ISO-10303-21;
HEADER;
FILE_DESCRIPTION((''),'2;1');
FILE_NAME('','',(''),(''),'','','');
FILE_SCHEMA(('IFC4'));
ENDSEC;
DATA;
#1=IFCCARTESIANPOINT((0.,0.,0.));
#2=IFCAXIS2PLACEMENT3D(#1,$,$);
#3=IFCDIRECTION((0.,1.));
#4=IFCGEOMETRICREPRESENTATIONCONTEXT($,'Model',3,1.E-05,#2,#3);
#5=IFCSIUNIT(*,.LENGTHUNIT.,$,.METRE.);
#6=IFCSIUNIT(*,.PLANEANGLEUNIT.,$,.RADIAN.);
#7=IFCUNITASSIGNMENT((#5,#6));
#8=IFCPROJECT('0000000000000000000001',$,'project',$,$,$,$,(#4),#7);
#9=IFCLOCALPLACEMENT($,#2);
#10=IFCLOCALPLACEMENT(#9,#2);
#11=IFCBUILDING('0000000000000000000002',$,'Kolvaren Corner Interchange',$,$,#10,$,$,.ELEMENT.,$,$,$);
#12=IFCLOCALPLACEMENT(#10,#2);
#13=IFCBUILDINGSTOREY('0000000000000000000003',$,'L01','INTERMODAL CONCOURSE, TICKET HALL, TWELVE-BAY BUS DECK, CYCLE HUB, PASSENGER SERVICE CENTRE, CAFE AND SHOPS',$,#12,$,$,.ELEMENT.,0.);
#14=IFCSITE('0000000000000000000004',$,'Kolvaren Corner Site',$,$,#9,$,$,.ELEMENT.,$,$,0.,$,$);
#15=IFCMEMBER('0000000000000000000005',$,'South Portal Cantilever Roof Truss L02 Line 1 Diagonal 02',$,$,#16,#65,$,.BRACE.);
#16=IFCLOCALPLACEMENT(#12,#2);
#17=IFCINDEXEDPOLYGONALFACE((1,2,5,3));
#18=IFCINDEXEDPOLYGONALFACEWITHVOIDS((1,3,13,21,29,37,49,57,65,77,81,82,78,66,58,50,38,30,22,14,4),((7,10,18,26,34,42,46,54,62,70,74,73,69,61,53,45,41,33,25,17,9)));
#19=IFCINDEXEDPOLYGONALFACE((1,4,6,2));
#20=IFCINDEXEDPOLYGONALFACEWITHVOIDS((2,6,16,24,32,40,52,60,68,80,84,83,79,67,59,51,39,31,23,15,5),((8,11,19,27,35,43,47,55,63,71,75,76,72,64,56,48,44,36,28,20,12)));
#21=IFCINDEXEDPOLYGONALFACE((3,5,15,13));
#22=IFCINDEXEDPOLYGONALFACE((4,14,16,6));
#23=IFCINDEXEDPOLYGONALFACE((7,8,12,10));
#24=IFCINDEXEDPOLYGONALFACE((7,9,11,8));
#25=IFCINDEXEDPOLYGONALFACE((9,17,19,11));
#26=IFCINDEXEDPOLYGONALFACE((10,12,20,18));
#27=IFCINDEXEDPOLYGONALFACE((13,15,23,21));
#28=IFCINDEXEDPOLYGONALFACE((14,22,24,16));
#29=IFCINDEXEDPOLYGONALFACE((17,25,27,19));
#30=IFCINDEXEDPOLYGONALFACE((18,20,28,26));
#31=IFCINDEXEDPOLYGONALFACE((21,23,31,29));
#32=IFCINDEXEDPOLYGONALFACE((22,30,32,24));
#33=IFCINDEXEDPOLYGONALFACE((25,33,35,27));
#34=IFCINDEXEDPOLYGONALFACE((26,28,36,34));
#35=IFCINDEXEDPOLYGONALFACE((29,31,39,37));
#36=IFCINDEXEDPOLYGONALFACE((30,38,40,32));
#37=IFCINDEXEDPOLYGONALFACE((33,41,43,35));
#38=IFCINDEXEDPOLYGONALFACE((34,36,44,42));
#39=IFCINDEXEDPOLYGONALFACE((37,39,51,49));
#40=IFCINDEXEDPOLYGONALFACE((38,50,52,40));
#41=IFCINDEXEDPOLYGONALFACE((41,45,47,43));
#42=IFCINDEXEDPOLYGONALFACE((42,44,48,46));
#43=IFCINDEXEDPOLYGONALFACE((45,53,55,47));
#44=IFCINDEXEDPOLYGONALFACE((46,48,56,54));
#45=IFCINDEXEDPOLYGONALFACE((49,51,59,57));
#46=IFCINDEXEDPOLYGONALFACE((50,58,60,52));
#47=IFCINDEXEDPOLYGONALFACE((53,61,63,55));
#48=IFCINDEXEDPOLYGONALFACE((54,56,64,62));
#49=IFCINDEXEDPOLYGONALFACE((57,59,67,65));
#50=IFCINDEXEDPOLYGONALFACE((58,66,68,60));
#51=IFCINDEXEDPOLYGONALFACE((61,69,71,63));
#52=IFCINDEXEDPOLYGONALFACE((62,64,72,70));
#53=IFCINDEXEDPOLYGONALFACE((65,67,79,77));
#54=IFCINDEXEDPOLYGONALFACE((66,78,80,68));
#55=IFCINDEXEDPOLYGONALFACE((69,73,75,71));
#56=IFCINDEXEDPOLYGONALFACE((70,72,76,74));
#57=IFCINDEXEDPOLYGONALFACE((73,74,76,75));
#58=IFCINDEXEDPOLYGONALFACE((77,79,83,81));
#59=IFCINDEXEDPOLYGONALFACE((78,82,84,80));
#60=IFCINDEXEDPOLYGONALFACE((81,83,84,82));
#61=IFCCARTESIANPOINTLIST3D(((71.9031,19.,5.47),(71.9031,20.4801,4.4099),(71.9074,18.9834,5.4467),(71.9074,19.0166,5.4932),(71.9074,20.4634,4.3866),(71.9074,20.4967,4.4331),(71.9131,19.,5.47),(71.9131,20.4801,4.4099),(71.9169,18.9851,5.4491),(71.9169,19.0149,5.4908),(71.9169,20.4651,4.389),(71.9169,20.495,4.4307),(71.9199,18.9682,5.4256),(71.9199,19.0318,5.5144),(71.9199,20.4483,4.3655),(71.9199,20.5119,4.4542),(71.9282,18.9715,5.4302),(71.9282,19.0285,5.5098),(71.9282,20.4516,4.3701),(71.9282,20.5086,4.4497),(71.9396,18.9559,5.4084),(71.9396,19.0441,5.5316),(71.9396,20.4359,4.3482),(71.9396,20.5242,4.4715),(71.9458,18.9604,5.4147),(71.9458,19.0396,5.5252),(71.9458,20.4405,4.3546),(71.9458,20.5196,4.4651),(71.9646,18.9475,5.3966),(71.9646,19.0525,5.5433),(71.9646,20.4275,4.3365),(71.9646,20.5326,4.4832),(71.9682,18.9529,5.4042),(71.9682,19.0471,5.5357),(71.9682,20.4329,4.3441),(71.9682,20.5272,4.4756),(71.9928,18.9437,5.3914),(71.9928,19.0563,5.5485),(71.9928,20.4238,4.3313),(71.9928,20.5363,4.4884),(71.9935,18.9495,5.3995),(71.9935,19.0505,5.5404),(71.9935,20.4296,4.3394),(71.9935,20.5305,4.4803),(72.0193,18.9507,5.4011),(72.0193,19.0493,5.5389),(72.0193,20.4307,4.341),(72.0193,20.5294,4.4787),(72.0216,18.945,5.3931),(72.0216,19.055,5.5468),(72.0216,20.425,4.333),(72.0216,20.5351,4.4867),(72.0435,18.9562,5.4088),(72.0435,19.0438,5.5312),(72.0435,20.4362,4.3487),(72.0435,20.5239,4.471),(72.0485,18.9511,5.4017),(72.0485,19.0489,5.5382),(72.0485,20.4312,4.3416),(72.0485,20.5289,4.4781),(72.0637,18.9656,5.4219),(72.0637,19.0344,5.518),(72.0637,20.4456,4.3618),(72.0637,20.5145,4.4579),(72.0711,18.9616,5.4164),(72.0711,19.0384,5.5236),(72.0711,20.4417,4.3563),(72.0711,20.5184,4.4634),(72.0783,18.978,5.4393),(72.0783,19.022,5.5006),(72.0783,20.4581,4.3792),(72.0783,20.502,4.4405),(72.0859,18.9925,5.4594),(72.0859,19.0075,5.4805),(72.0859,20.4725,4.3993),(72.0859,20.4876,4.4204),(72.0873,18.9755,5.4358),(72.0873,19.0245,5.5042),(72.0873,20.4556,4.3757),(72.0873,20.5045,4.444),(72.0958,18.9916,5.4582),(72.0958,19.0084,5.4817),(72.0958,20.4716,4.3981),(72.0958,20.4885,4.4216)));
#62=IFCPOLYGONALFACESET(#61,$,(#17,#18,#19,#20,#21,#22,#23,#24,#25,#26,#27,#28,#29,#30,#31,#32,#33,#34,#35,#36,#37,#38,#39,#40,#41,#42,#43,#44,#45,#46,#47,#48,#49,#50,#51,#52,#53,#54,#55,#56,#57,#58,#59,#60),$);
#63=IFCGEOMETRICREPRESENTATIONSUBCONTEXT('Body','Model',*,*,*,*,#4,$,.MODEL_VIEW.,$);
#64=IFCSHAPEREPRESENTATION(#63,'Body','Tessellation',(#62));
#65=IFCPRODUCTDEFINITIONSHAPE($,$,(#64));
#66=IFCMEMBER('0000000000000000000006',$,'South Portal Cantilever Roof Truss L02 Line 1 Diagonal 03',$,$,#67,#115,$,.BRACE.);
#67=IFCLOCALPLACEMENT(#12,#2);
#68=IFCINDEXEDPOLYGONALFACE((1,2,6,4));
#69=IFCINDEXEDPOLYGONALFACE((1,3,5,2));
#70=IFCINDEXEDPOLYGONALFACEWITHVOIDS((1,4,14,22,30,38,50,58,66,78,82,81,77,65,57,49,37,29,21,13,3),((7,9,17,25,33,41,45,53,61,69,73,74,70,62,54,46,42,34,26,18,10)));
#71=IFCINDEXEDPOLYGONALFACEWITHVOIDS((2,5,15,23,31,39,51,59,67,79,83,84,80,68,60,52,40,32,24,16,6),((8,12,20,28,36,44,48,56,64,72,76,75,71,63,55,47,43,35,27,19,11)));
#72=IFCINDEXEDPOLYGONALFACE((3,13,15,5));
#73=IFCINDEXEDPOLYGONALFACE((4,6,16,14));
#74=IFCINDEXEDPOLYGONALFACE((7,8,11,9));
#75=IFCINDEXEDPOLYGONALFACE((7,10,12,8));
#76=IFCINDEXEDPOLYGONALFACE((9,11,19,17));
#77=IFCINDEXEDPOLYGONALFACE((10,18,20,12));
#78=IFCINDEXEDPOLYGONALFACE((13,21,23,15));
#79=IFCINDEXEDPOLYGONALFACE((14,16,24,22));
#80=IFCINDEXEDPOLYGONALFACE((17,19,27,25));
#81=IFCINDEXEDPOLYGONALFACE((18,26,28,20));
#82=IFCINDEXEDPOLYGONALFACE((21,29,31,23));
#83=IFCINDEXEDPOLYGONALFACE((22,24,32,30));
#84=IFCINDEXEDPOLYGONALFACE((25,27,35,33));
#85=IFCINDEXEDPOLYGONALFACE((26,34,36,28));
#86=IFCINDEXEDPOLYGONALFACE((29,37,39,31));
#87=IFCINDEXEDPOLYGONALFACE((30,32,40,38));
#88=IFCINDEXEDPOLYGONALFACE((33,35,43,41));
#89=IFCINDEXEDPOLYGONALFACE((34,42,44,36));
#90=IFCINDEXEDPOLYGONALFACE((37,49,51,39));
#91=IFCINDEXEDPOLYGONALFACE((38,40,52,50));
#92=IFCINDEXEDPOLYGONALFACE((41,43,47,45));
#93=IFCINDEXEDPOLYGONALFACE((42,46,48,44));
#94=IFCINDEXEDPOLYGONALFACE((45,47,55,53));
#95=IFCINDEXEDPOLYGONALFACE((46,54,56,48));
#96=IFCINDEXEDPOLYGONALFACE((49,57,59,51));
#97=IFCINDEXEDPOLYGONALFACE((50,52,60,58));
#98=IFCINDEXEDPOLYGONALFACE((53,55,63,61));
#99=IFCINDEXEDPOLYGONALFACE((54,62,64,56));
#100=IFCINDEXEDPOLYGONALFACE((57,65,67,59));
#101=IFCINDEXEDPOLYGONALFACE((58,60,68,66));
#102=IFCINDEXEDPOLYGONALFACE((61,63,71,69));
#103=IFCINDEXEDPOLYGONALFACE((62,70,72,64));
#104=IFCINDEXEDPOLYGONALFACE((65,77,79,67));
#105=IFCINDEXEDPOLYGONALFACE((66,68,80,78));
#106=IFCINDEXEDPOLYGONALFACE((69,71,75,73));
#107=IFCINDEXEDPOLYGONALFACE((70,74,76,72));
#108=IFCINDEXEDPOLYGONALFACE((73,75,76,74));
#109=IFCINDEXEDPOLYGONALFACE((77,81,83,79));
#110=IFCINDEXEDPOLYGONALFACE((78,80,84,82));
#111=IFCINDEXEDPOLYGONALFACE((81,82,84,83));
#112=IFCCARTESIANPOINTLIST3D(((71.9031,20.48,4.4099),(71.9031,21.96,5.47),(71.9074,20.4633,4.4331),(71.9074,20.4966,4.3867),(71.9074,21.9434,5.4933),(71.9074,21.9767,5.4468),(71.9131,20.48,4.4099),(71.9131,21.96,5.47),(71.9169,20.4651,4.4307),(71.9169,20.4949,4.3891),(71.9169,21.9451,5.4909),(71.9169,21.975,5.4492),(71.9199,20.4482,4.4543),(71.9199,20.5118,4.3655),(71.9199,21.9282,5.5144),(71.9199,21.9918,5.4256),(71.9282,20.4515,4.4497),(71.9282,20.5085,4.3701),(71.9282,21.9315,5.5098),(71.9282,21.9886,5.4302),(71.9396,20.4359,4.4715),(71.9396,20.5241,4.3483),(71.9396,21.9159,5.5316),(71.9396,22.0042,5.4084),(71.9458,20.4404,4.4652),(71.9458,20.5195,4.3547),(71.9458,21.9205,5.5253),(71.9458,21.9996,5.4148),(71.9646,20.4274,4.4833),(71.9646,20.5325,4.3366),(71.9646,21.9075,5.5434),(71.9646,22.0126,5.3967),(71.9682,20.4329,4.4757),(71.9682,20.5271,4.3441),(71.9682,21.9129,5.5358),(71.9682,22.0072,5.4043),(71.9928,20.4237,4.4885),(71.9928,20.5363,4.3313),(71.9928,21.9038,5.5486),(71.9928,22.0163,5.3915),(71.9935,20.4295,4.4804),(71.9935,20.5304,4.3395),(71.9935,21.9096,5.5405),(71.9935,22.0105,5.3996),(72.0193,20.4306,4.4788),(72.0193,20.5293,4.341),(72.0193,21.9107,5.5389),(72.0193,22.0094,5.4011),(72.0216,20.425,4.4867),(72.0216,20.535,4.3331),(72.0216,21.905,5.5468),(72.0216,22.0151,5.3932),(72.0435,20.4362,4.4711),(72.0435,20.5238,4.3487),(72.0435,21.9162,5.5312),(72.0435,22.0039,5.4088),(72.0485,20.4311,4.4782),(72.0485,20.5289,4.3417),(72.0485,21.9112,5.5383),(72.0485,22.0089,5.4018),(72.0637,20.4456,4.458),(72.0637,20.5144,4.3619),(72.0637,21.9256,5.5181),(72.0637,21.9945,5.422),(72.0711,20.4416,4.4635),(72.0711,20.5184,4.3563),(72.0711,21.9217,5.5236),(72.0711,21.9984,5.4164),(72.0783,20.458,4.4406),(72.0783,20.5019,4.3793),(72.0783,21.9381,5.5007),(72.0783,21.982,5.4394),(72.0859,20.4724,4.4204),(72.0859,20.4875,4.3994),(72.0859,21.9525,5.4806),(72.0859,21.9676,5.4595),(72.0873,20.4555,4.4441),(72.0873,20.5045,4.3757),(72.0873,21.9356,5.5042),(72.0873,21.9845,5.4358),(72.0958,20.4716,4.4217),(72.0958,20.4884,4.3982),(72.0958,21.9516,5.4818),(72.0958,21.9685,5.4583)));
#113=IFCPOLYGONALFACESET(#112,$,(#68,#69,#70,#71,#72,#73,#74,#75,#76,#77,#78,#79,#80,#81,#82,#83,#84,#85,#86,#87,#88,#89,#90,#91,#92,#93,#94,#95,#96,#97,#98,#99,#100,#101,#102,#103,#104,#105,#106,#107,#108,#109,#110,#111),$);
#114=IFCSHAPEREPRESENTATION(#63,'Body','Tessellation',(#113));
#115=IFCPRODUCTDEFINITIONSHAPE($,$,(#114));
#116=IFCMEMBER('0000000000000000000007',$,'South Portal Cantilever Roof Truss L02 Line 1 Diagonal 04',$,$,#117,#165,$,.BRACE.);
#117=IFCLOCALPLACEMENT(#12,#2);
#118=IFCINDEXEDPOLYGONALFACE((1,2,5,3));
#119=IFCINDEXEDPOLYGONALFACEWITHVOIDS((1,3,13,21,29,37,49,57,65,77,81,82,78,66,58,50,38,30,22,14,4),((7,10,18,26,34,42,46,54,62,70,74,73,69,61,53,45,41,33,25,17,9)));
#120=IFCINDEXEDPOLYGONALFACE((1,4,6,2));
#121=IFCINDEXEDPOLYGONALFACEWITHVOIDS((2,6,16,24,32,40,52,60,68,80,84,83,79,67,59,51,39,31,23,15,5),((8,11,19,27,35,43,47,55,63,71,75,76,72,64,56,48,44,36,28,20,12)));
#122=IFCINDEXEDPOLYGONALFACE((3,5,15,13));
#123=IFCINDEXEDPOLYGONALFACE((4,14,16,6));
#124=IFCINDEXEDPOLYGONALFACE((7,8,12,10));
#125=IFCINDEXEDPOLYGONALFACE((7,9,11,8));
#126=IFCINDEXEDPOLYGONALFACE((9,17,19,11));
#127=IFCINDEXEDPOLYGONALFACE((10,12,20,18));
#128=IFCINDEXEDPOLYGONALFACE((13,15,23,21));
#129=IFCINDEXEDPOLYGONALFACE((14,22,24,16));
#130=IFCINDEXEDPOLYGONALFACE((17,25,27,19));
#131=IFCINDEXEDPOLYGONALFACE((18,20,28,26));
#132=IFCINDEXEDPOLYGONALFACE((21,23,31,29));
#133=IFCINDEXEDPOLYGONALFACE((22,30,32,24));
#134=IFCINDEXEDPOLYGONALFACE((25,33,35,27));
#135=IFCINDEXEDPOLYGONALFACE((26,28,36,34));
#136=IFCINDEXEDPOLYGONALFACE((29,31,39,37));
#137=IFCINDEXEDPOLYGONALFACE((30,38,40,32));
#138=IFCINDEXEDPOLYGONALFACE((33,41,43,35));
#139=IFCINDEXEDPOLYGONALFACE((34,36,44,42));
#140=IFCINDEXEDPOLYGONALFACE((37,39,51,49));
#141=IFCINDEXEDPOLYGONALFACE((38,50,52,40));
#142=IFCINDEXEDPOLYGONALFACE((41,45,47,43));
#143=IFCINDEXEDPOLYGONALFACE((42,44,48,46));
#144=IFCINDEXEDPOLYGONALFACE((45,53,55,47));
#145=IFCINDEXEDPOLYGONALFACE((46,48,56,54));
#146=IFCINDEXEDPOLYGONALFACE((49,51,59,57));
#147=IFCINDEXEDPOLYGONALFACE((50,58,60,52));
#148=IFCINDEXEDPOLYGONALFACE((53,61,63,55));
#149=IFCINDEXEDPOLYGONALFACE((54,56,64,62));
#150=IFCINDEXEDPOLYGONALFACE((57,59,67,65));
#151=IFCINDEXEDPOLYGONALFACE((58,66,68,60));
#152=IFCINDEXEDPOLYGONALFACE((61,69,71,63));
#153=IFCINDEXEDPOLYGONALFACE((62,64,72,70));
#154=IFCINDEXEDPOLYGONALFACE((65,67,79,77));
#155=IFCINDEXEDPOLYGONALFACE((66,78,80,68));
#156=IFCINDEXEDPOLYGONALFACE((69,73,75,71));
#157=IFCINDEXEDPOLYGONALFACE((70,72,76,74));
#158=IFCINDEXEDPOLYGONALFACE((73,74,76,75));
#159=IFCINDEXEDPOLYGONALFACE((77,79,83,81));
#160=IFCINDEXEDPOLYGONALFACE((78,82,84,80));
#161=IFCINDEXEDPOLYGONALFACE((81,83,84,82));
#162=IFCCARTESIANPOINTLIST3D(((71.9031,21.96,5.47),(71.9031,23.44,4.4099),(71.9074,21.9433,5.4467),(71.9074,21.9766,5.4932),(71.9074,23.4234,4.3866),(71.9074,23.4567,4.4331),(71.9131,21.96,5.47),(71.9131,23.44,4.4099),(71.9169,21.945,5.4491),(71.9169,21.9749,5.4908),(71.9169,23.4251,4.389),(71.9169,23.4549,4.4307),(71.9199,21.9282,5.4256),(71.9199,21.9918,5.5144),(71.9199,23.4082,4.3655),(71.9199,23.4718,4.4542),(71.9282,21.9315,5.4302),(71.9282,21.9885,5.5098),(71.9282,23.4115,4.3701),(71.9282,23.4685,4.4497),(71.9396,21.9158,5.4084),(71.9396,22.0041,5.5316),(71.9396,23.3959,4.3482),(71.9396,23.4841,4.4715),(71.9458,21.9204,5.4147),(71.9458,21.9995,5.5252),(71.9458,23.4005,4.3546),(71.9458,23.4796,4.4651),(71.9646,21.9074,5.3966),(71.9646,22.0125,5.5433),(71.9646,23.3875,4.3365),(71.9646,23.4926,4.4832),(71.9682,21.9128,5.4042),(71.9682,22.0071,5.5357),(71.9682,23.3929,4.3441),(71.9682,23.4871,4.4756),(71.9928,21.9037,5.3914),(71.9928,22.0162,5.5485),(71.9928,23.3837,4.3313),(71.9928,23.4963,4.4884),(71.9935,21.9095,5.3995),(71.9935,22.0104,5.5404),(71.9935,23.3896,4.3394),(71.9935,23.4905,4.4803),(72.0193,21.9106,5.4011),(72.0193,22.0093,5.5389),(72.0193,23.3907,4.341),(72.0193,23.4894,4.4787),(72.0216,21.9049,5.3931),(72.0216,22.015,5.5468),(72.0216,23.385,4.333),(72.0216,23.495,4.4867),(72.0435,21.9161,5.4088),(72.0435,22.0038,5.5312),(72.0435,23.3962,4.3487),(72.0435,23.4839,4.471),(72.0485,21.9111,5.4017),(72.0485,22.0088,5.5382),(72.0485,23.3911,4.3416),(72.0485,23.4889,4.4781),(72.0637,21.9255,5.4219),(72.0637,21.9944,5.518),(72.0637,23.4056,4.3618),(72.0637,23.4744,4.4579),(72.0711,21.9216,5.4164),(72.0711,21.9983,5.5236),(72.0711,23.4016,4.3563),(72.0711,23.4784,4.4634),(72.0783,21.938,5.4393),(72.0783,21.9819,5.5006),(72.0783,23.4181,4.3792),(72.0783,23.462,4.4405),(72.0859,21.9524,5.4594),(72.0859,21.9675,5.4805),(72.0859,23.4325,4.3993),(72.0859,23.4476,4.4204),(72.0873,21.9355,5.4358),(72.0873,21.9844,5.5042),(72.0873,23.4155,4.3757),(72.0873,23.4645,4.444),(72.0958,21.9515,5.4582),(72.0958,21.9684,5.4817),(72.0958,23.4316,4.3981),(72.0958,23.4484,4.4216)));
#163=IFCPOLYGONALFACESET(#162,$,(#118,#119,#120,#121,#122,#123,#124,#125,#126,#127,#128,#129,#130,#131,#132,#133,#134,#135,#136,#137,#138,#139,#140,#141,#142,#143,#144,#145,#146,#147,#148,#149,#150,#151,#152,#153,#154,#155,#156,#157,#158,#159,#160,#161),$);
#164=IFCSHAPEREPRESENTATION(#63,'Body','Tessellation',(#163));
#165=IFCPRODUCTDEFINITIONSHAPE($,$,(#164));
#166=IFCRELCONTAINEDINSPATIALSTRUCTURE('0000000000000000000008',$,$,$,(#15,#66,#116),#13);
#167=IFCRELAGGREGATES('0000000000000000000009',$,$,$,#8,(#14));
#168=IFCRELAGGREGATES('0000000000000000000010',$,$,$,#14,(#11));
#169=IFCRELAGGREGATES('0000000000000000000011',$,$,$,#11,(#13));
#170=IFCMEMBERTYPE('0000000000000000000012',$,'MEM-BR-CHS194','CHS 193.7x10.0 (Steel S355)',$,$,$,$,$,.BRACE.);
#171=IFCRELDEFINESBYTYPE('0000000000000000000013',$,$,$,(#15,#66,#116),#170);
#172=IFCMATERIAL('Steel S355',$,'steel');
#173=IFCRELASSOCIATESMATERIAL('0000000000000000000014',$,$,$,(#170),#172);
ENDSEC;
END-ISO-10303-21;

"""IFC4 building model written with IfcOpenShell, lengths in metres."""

from ifc_helpers import new_model, si_unit, direction, frame, origin, origin_2d, place, context, subcontext, project, spatial, hollow_circle, extrude, material, material_profile, profile_set, type_object, element, save


model = new_model("IFC4")

# Units and contexts
model_context = context("Model", 3, precision=1e-05, world=origin(), true_north=direction((0.0, 1.0)))
body_context = subcontext(model_context, "Body", "Model", "MODEL_VIEW")
ifc_project = project(units=[si_unit("LENGTHUNIT", "METRE"), si_unit("PLANEANGLEUNIT", "RADIAN")], contexts=[model_context])

# Site, building, storey
site_placement = place(None, origin())
site = spatial("IfcSite", under=ifc_project, at=site_placement, Name="Kolvaren Corner Site", CompositionType="ELEMENT", RefElevation=0.0)
building_placement = place(site_placement, origin())
building = spatial("IfcBuilding", under=site, at=building_placement, Name="Kolvaren Corner Interchange", CompositionType="ELEMENT")
storey_placement = place(building_placement, origin())
storey = spatial("IfcBuildingStorey", under=building, at=storey_placement, Name="L01", Description="INTERMODAL CONCOURSE, TICKET HALL, TWELVE-BAY BUS DECK, CYCLE HUB, PASSENGER SERVICE CENTRE, CAFE AND SHOPS", CompositionType="ELEMENT", Elevation=0.0)

# Members
ifc_material_1 = material(Name="Steel S355", Category="steel")
ifc_material_profile_1 = material_profile(ifc_material_1, hollow_circle(Radius=0.0969, WallThickness=0.01, at=origin_2d()), Name="CHS 193.7x10.0")
ifc_profile_set_1 = profile_set([ifc_material_profile_1], Name="Steel S355")
member_type_1 = type_object("IfcMemberType", Name="MEM-BR-CHS194", Description="CHS 193.7x10.0 (Steel S355)", PredefinedType="BRACE", material=ifc_profile_set_1)
for number, where, z_axis, x_axis, name in (
    (1, (72.0, 19.0, 5.47), (0.0, 0.812972, -0.582303), (-1.0, 0.0, 0.0), "South Portal Cantilever Roof Truss L02 Line 1 Diagonal 02"),
    (2, (72.0, 20.48, 4.4099), (0.0, 0.812972, 0.582303), (-1.0, 0.0, 0.0), "South Portal Cantilever Roof Truss L02 Line 1 Diagonal 03"),
    (3, (72.0, 21.96, 5.47), (0.0, 0.812972, -0.582303), (-1.0, 0.0, 0.0), "South Portal Cantilever Roof Truss L02 Line 1 Diagonal 04"),
):
    element("IfcMember", number, at=place(storey_placement, frame(where, z_axis=z_axis, x_axis=x_axis)), inside=storey, type_object=member_type_1, Name=name, PredefinedType="BRACE", context=body_context, shape_type="SweptSolid", body=[
        extrude(hollow_circle(Radius=0.0969, WallThickness=0.01, at=origin_2d()), origin(), (0.0, 0.0, 1.0), 1.8206),
    ])

save(model, "model.ifc")
